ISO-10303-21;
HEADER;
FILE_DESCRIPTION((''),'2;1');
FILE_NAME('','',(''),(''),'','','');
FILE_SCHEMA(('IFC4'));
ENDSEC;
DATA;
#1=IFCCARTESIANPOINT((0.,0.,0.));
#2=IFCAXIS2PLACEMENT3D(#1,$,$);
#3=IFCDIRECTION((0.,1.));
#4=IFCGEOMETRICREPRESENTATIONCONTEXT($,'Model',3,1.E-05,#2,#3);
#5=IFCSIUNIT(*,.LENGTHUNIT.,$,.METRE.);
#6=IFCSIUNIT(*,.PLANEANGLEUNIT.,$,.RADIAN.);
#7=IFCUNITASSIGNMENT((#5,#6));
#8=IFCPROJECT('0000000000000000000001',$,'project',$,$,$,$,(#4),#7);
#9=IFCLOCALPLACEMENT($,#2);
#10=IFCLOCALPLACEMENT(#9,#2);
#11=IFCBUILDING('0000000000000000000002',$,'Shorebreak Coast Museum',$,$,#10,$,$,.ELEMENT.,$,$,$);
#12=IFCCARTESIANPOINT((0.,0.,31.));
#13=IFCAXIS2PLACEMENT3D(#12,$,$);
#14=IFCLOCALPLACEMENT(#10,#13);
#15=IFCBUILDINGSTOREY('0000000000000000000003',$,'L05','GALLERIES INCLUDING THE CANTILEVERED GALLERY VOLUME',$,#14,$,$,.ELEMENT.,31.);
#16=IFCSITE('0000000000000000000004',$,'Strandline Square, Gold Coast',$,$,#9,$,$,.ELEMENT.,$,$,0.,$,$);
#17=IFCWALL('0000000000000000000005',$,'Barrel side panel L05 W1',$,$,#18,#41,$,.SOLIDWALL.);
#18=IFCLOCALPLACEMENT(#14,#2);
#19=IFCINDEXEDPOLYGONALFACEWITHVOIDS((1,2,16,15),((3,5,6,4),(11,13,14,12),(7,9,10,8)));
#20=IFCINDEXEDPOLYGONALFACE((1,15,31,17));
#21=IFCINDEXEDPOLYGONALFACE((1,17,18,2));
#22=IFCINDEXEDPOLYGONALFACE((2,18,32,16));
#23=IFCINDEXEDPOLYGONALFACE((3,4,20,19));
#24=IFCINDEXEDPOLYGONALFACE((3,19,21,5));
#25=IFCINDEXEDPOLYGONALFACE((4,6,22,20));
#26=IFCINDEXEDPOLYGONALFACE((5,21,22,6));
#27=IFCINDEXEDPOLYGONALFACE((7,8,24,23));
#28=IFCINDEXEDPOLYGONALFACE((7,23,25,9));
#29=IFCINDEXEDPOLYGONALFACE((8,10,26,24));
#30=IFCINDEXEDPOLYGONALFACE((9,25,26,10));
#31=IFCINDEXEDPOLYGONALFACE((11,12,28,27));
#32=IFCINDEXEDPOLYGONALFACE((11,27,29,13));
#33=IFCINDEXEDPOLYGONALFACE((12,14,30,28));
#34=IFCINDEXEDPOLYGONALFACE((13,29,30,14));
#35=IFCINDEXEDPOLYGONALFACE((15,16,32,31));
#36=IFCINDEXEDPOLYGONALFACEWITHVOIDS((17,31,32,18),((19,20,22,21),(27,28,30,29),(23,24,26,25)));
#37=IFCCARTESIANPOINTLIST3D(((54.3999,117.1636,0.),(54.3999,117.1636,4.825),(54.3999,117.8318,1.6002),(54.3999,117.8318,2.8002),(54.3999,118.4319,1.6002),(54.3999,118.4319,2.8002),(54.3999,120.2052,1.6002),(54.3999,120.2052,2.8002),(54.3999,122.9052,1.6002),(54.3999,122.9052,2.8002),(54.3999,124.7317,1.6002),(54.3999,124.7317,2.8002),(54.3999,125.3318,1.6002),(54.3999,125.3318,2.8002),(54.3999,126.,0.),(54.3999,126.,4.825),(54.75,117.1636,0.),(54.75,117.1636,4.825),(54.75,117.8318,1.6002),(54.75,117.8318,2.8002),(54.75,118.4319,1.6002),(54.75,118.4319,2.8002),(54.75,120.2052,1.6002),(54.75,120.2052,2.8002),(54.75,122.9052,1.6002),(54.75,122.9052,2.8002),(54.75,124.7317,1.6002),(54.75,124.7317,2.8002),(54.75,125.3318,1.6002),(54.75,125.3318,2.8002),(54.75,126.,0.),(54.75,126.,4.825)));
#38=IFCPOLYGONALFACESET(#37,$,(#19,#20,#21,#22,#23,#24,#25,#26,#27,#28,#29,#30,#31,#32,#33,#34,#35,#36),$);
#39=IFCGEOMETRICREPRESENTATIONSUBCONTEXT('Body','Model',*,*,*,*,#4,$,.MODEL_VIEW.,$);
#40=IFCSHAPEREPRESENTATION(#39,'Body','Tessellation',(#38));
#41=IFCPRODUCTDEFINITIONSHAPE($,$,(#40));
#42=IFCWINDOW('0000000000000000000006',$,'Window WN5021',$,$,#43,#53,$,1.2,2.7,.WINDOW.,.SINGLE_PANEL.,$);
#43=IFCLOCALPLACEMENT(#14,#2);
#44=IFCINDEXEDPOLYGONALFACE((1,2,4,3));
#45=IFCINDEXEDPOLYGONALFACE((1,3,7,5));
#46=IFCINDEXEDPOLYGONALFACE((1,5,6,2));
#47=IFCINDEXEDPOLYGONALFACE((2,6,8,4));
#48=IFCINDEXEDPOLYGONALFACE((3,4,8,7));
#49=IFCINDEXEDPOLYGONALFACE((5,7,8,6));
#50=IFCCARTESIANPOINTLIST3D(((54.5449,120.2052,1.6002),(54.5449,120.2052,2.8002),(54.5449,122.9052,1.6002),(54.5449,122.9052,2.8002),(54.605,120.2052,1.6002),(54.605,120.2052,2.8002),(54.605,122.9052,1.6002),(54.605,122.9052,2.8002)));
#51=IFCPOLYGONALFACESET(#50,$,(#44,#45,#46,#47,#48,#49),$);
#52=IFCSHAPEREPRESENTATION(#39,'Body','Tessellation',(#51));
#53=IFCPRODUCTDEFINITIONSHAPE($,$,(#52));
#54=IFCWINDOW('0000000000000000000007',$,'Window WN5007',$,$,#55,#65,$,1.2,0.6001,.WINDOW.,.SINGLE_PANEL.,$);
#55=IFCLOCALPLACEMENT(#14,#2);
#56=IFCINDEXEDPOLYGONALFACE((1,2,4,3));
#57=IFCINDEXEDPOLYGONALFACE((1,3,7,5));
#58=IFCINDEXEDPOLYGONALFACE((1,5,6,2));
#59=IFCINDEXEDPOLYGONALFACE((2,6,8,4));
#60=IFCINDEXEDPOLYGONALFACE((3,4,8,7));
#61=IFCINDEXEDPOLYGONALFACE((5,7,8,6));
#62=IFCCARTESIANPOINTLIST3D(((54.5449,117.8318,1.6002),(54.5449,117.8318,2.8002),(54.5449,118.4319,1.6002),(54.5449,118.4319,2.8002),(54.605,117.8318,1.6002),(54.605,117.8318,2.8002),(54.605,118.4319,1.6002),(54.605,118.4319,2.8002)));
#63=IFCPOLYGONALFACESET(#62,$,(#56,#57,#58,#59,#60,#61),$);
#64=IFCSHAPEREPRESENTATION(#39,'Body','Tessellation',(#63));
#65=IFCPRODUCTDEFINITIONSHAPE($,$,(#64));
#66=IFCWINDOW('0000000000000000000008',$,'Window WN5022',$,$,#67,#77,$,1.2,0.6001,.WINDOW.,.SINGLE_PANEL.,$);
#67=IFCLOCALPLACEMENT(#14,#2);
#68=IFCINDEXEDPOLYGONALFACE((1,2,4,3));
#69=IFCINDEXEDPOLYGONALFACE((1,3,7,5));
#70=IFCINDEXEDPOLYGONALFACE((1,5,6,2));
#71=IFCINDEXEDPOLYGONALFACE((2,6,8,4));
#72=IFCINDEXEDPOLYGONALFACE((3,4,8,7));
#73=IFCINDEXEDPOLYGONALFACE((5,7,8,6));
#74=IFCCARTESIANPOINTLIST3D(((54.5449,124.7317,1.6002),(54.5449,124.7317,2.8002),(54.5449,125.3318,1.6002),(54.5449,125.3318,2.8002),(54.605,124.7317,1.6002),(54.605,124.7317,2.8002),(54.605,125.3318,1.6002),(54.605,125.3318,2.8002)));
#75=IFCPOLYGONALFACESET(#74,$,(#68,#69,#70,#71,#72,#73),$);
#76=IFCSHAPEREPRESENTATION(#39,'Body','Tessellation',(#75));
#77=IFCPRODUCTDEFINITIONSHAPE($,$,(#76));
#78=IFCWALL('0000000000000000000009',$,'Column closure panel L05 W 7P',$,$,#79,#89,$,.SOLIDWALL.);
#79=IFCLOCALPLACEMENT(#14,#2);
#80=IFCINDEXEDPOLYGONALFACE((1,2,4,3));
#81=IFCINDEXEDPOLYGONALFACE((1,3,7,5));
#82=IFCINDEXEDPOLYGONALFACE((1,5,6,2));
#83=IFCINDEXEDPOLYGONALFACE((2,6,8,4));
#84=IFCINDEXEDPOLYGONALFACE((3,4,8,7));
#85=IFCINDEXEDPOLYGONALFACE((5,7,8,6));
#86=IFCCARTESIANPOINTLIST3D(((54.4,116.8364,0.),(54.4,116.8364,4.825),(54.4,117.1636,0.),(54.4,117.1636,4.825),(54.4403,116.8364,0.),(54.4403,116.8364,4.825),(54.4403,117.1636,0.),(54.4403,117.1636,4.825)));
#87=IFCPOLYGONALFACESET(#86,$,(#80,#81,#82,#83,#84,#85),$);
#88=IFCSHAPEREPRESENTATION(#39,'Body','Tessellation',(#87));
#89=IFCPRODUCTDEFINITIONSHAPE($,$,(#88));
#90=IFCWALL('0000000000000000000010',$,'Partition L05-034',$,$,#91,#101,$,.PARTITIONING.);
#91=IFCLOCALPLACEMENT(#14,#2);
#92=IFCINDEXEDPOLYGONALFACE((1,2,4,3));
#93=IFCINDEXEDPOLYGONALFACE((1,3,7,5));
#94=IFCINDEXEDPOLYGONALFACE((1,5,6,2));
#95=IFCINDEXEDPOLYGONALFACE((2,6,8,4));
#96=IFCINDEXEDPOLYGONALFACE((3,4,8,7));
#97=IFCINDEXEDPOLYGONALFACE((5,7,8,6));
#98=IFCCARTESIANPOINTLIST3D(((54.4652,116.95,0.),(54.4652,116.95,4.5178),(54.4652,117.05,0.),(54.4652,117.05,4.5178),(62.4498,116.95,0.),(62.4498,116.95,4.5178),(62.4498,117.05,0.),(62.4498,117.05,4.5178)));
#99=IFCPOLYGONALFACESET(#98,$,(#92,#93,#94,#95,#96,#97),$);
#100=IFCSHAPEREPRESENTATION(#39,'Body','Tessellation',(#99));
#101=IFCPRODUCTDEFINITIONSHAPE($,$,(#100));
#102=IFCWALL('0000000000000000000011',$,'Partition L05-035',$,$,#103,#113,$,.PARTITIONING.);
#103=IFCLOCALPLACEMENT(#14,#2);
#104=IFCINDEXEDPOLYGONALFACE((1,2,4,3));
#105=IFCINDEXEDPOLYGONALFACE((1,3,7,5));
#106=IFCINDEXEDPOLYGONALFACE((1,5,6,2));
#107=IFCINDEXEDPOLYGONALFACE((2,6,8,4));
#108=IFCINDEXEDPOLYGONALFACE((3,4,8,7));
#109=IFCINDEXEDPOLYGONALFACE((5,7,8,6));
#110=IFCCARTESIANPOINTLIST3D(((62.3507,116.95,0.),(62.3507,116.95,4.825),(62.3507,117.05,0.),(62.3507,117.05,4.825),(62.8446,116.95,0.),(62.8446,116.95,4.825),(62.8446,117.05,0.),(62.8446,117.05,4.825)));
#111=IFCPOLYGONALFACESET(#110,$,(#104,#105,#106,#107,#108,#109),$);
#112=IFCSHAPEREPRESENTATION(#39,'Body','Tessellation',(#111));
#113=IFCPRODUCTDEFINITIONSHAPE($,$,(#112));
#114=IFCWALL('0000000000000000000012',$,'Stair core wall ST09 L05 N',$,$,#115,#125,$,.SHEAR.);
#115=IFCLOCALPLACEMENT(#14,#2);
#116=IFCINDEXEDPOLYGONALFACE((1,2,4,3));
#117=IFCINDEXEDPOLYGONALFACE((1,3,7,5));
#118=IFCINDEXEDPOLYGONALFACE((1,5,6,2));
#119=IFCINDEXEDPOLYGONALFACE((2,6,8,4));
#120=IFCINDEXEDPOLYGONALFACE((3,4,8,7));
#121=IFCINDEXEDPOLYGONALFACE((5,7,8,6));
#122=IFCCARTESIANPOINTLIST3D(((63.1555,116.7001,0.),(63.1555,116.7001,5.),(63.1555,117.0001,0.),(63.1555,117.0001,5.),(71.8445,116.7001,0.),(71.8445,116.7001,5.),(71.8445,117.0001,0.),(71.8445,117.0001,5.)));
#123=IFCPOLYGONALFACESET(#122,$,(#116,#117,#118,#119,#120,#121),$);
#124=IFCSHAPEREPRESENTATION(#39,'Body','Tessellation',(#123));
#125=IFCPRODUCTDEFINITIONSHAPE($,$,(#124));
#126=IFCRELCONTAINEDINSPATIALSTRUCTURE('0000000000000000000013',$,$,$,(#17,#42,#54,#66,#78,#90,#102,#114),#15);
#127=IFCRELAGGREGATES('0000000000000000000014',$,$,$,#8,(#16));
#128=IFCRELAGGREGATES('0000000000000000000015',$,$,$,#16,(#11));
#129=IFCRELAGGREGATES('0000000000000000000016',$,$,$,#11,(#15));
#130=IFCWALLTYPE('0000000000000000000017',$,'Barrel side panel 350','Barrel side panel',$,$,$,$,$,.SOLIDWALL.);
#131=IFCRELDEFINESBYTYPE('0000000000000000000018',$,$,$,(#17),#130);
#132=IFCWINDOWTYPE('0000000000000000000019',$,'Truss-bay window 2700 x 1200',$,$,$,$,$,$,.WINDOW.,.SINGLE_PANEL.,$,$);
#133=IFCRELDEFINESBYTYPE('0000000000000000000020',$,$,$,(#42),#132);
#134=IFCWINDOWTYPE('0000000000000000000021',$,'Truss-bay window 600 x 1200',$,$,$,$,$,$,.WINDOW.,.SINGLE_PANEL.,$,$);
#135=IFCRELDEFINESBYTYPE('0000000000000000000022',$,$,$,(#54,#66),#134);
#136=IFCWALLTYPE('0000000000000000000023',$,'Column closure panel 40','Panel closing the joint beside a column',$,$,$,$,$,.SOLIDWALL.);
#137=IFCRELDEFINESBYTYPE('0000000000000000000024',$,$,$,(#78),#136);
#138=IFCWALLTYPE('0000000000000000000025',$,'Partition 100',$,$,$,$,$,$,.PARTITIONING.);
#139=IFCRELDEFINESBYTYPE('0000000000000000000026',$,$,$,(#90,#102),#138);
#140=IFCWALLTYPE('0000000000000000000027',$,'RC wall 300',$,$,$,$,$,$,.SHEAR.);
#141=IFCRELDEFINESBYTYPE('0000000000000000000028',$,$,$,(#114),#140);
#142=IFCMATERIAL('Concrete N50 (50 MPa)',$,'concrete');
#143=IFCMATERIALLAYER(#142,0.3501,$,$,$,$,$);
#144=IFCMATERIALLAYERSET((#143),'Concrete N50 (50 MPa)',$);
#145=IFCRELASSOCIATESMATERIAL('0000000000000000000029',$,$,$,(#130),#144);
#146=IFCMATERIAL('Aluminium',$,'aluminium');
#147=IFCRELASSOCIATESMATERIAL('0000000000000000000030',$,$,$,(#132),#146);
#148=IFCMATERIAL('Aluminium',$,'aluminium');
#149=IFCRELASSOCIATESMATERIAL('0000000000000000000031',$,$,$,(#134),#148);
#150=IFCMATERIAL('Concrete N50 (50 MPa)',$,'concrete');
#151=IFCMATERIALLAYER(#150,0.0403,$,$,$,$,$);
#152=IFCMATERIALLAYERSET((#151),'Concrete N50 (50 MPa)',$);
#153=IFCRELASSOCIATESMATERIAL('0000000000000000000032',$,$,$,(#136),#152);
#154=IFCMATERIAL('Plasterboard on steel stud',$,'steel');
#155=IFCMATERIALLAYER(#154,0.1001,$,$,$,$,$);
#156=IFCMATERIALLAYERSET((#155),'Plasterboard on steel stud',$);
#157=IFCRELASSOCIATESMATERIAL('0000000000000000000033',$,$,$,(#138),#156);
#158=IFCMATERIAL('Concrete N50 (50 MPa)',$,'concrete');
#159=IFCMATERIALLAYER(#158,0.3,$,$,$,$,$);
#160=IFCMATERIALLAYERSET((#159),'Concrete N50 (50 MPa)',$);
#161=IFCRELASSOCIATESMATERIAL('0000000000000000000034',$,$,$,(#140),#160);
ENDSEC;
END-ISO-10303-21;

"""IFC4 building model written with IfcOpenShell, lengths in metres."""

from ifc_helpers import new_model, si_unit, direction, frame, frame_2d, origin, place, context, subcontext, project, spatial, rectangle, extrude, material, layer, layer_set, type_object, element, fill, save


model = new_model("IFC4")

# Units and contexts
model_context = context("Model", 3, precision=1e-05, world=origin(), true_north=direction((0.0, 1.0)))
body_context = subcontext(model_context, "Body", "Model", "MODEL_VIEW")
ifc_project = project(units=[si_unit("LENGTHUNIT", "METRE"), si_unit("PLANEANGLEUNIT", "RADIAN")], contexts=[model_context])

# Site, building, storey
site_placement = place(None, origin())
site = spatial("IfcSite", under=ifc_project, at=site_placement, Name="Strandline Square, Gold Coast", CompositionType="ELEMENT", RefElevation=0.0)
building_placement = place(site_placement, origin())
building = spatial("IfcBuilding", under=site, at=building_placement, Name="Shorebreak Coast Museum", CompositionType="ELEMENT")
storey_placement = place(building_placement, frame((0.0, 0.0, 31.0)))
storey = spatial("IfcBuildingStorey", under=building, at=storey_placement, Name="L05", Description="GALLERIES INCLUDING THE CANTILEVERED GALLERY VOLUME", CompositionType="ELEMENT", Elevation=31.0)

# Wall, openings, windows
ifc_material_1 = material(Name="Concrete N50 (50 MPa)", Category="concrete")
ifc_layer_1 = layer(ifc_material_1, 0.3501)
ifc_layer_set_1 = layer_set([ifc_layer_1], Name="Concrete N50 (50 MPa)")
wall_type_1 = type_object("IfcWallType", Name="Barrel side panel 350", Description="Barrel side panel", PredefinedType="SOLIDWALL", material=ifc_layer_set_1)
wall_1_placement = place(storey_placement, frame((54.575, 117.1636, 0.0), z_axis=(0.0, 0.0, 1.0), x_axis=(0.0, 1.0, 0.0)))
wall_1 = element("IfcWall", 1, at=wall_1_placement, inside=storey, type_object=wall_type_1, Name="Barrel side panel L05 W1", PredefinedType="SOLIDWALL", context=body_context, shape_type="SweptSolid", body=[
    extrude(rectangle(XDim=8.8364, YDim=0.3501, at=frame_2d((4.4182, 0.0))), origin(), (0.0, 0.0, 1.0), 4.825),
])
opening_1_placement = place(wall_1_placement, frame((0.6682, 0.0, 1.6001)))
opening_1 = element("IfcOpeningElement", 2, at=opening_1_placement, cuts=wall_1, PredefinedType="OPENING", context=body_context, shape_type="SweptSolid", body=[
    extrude(rectangle(XDim=0.6001, YDim=1.2, at=frame_2d((0.3, 0.6001))), frame((0.0, 0.1851, 0.0), z_axis=(0.0, -1.0, 0.0), x_axis=(1.0, 0.0, 0.0)), (0.0, 0.0, 1.0), 0.3701),
])
opening_2_placement = place(wall_1_placement, frame((3.0415, 0.0, 1.6001)))
opening_2 = element("IfcOpeningElement", 3, at=opening_2_placement, cuts=wall_1, PredefinedType="OPENING", context=body_context, shape_type="SweptSolid", body=[
    extrude(rectangle(XDim=2.7, YDim=1.2, at=frame_2d((1.3501, 0.6001))), frame((0.0, 0.1851, 0.0), z_axis=(0.0, -1.0, 0.0), x_axis=(1.0, 0.0, 0.0)), (0.0, 0.0, 1.0), 0.3701),
])
opening_3_placement = place(wall_1_placement, frame((7.5681, 0.0, 1.6001)))
opening_3 = element("IfcOpeningElement", 4, at=opening_3_placement, cuts=wall_1, PredefinedType="OPENING", context=body_context, shape_type="SweptSolid", body=[
    extrude(rectangle(XDim=0.6001, YDim=1.2, at=frame_2d((0.3, 0.6001))), frame((0.0, 0.1851, 0.0), z_axis=(0.0, -1.0, 0.0), x_axis=(1.0, 0.0, 0.0)), (0.0, 0.0, 1.0), 0.3701),
])
ifc_material_2 = material(Name="Aluminium", Category="aluminium")
window_type_1 = type_object("IfcWindowType", Name="Truss-bay window 2700 x 1200", PartitioningType="SINGLE_PANEL", PredefinedType="WINDOW", material=ifc_material_2)
window_1_placement = place(opening_2_placement, origin())
window_1 = element("IfcWindow", 5, at=window_1_placement, inside=storey, type_object=window_type_1, Name="Window WN5021", OverallHeight=1.2, OverallWidth=2.7, PartitioningType="SINGLE_PANEL", PredefinedType="WINDOW", context=body_context, shape_type="SweptSolid", body=[
    extrude(rectangle(XDim=2.7, YDim=1.2, at=frame_2d((1.3501, 0.6001))), frame((0.0, 0.03, 0.0), z_axis=(0.0, -1.0, 0.0), x_axis=(1.0, 0.0, 0.0)), (0.0, 0.0, 1.0), 0.0601),
])
fill(opening_2, window_1)
ifc_material_3 = material(Name="Aluminium", Category="aluminium")
window_type_2 = type_object("IfcWindowType", Name="Truss-bay window 600 x 1200", PartitioningType="SINGLE_PANEL", PredefinedType="WINDOW", material=ifc_material_3)
window_2_placement = place(opening_1_placement, origin())
window_2 = element("IfcWindow", 6, at=window_2_placement, inside=storey, type_object=window_type_2, Name="Window WN5007", OverallHeight=1.2, OverallWidth=0.6001, PartitioningType="SINGLE_PANEL", PredefinedType="WINDOW", context=body_context, shape_type="SweptSolid", body=[
    extrude(rectangle(XDim=0.6001, YDim=1.2, at=frame_2d((0.3, 0.6001))), frame((0.0, 0.03, 0.0), z_axis=(0.0, -1.0, 0.0), x_axis=(1.0, 0.0, 0.0)), (0.0, 0.0, 1.0), 0.0601),
])
fill(opening_1, window_2)
window_3_placement = place(opening_3_placement, origin())
window_3 = element("IfcWindow", 7, at=window_3_placement, inside=storey, type_object=window_type_2, Name="Window WN5022", OverallHeight=1.2, OverallWidth=0.6001, PartitioningType="SINGLE_PANEL", PredefinedType="WINDOW", context=body_context, shape_type="SweptSolid", body=[
    extrude(rectangle(XDim=0.6001, YDim=1.2, at=frame_2d((0.3, 0.6001))), frame((0.0, 0.03, 0.0), z_axis=(0.0, -1.0, 0.0), x_axis=(1.0, 0.0, 0.0)), (0.0, 0.0, 1.0), 0.0601),
])
fill(opening_3, window_3)

# Walls
ifc_material_4 = material(Name="Concrete N50 (50 MPa)", Category="concrete")
ifc_layer_2 = layer(ifc_material_4, 0.0403)
ifc_layer_set_2 = layer_set([ifc_layer_2], Name="Concrete N50 (50 MPa)")
wall_type_2 = type_object("IfcWallType", Name="Column closure panel 40", Description="Panel closing the joint beside a column", PredefinedType="SOLIDWALL", material=ifc_layer_set_2)
wall_2_placement = place(storey_placement, frame((54.4202, 116.8364, 0.0), z_axis=(0.0, 0.0, 1.0), x_axis=(0.0, 1.0, 0.0)))
element("IfcWall", 8, at=wall_2_placement, inside=storey, type_object=wall_type_2, Name="Column closure panel L05 W 7P", PredefinedType="SOLIDWALL", context=body_context, shape_type="SweptSolid", body=[
    extrude(rectangle(XDim=0.3271, YDim=0.0403, at=frame_2d((0.1636, 0.0))), origin(), (0.0, 0.0, 1.0), 4.825),
])
ifc_material_5 = material(Name="Plasterboard on steel stud", Category="steel")
ifc_layer_3 = layer(ifc_material_5, 0.1001)
ifc_layer_set_3 = layer_set([ifc_layer_3], Name="Plasterboard on steel stud")
wall_type_3 = type_object("IfcWallType", Name="Partition 100", PredefinedType="PARTITIONING", material=ifc_layer_set_3)
wall_3_placement = place(storey_placement, frame((54.4653, 117.0, 0.0), z_axis=(0.0, 0.0, 1.0), x_axis=(1.0, 0.0, 0.0)))
element("IfcWall", 9, at=wall_3_placement, inside=storey, type_object=wall_type_3, Name="Partition L05-034", PredefinedType="PARTITIONING", context=body_context, shape_type="SweptSolid", body=[
    extrude(rectangle(XDim=7.9846, YDim=0.1001, at=frame_2d((3.9922, 0.0))), origin(), (0.0, 0.0, 1.0), 4.5178),
])
wall_4_placement = place(storey_placement, frame((62.3506, 117.0, 0.0), z_axis=(0.0, 0.0, 1.0), x_axis=(1.0, 0.0, 0.0)))
element("IfcWall", 10, at=wall_4_placement, inside=storey, type_object=wall_type_3, Name="Partition L05-035", PredefinedType="PARTITIONING", context=body_context, shape_type="SweptSolid", body=[
    extrude(rectangle(XDim=0.4939, YDim=0.1001, at=frame_2d((0.2471, 0.0))), origin(), (0.0, 0.0, 1.0), 4.825),
])
ifc_material_6 = material(Name="Concrete N50 (50 MPa)", Category="concrete")
ifc_layer_4 = layer(ifc_material_6, 0.3)
ifc_layer_set_4 = layer_set([ifc_layer_4], Name="Concrete N50 (50 MPa)")
wall_type_4 = type_object("IfcWallType", Name="RC wall 300", PredefinedType="SHEAR", material=ifc_layer_set_4)
wall_5_placement = place(storey_placement, frame((63.1555, 116.8501, 0.0), z_axis=(0.0, 0.0, 1.0), x_axis=(1.0, 0.0, 0.0)))
element("IfcWall", 11, at=wall_5_placement, inside=storey, type_object=wall_type_4, Name="Stair core wall ST09 L05 N", PredefinedType="SHEAR", context=body_context, shape_type="SweptSolid", body=[
    extrude(rectangle(XDim=8.689, YDim=0.3, at=frame_2d((4.3445, 0.0))), origin(), (0.0, 0.0, 1.0), 5.0),
])

save(model, "model.ifc")
